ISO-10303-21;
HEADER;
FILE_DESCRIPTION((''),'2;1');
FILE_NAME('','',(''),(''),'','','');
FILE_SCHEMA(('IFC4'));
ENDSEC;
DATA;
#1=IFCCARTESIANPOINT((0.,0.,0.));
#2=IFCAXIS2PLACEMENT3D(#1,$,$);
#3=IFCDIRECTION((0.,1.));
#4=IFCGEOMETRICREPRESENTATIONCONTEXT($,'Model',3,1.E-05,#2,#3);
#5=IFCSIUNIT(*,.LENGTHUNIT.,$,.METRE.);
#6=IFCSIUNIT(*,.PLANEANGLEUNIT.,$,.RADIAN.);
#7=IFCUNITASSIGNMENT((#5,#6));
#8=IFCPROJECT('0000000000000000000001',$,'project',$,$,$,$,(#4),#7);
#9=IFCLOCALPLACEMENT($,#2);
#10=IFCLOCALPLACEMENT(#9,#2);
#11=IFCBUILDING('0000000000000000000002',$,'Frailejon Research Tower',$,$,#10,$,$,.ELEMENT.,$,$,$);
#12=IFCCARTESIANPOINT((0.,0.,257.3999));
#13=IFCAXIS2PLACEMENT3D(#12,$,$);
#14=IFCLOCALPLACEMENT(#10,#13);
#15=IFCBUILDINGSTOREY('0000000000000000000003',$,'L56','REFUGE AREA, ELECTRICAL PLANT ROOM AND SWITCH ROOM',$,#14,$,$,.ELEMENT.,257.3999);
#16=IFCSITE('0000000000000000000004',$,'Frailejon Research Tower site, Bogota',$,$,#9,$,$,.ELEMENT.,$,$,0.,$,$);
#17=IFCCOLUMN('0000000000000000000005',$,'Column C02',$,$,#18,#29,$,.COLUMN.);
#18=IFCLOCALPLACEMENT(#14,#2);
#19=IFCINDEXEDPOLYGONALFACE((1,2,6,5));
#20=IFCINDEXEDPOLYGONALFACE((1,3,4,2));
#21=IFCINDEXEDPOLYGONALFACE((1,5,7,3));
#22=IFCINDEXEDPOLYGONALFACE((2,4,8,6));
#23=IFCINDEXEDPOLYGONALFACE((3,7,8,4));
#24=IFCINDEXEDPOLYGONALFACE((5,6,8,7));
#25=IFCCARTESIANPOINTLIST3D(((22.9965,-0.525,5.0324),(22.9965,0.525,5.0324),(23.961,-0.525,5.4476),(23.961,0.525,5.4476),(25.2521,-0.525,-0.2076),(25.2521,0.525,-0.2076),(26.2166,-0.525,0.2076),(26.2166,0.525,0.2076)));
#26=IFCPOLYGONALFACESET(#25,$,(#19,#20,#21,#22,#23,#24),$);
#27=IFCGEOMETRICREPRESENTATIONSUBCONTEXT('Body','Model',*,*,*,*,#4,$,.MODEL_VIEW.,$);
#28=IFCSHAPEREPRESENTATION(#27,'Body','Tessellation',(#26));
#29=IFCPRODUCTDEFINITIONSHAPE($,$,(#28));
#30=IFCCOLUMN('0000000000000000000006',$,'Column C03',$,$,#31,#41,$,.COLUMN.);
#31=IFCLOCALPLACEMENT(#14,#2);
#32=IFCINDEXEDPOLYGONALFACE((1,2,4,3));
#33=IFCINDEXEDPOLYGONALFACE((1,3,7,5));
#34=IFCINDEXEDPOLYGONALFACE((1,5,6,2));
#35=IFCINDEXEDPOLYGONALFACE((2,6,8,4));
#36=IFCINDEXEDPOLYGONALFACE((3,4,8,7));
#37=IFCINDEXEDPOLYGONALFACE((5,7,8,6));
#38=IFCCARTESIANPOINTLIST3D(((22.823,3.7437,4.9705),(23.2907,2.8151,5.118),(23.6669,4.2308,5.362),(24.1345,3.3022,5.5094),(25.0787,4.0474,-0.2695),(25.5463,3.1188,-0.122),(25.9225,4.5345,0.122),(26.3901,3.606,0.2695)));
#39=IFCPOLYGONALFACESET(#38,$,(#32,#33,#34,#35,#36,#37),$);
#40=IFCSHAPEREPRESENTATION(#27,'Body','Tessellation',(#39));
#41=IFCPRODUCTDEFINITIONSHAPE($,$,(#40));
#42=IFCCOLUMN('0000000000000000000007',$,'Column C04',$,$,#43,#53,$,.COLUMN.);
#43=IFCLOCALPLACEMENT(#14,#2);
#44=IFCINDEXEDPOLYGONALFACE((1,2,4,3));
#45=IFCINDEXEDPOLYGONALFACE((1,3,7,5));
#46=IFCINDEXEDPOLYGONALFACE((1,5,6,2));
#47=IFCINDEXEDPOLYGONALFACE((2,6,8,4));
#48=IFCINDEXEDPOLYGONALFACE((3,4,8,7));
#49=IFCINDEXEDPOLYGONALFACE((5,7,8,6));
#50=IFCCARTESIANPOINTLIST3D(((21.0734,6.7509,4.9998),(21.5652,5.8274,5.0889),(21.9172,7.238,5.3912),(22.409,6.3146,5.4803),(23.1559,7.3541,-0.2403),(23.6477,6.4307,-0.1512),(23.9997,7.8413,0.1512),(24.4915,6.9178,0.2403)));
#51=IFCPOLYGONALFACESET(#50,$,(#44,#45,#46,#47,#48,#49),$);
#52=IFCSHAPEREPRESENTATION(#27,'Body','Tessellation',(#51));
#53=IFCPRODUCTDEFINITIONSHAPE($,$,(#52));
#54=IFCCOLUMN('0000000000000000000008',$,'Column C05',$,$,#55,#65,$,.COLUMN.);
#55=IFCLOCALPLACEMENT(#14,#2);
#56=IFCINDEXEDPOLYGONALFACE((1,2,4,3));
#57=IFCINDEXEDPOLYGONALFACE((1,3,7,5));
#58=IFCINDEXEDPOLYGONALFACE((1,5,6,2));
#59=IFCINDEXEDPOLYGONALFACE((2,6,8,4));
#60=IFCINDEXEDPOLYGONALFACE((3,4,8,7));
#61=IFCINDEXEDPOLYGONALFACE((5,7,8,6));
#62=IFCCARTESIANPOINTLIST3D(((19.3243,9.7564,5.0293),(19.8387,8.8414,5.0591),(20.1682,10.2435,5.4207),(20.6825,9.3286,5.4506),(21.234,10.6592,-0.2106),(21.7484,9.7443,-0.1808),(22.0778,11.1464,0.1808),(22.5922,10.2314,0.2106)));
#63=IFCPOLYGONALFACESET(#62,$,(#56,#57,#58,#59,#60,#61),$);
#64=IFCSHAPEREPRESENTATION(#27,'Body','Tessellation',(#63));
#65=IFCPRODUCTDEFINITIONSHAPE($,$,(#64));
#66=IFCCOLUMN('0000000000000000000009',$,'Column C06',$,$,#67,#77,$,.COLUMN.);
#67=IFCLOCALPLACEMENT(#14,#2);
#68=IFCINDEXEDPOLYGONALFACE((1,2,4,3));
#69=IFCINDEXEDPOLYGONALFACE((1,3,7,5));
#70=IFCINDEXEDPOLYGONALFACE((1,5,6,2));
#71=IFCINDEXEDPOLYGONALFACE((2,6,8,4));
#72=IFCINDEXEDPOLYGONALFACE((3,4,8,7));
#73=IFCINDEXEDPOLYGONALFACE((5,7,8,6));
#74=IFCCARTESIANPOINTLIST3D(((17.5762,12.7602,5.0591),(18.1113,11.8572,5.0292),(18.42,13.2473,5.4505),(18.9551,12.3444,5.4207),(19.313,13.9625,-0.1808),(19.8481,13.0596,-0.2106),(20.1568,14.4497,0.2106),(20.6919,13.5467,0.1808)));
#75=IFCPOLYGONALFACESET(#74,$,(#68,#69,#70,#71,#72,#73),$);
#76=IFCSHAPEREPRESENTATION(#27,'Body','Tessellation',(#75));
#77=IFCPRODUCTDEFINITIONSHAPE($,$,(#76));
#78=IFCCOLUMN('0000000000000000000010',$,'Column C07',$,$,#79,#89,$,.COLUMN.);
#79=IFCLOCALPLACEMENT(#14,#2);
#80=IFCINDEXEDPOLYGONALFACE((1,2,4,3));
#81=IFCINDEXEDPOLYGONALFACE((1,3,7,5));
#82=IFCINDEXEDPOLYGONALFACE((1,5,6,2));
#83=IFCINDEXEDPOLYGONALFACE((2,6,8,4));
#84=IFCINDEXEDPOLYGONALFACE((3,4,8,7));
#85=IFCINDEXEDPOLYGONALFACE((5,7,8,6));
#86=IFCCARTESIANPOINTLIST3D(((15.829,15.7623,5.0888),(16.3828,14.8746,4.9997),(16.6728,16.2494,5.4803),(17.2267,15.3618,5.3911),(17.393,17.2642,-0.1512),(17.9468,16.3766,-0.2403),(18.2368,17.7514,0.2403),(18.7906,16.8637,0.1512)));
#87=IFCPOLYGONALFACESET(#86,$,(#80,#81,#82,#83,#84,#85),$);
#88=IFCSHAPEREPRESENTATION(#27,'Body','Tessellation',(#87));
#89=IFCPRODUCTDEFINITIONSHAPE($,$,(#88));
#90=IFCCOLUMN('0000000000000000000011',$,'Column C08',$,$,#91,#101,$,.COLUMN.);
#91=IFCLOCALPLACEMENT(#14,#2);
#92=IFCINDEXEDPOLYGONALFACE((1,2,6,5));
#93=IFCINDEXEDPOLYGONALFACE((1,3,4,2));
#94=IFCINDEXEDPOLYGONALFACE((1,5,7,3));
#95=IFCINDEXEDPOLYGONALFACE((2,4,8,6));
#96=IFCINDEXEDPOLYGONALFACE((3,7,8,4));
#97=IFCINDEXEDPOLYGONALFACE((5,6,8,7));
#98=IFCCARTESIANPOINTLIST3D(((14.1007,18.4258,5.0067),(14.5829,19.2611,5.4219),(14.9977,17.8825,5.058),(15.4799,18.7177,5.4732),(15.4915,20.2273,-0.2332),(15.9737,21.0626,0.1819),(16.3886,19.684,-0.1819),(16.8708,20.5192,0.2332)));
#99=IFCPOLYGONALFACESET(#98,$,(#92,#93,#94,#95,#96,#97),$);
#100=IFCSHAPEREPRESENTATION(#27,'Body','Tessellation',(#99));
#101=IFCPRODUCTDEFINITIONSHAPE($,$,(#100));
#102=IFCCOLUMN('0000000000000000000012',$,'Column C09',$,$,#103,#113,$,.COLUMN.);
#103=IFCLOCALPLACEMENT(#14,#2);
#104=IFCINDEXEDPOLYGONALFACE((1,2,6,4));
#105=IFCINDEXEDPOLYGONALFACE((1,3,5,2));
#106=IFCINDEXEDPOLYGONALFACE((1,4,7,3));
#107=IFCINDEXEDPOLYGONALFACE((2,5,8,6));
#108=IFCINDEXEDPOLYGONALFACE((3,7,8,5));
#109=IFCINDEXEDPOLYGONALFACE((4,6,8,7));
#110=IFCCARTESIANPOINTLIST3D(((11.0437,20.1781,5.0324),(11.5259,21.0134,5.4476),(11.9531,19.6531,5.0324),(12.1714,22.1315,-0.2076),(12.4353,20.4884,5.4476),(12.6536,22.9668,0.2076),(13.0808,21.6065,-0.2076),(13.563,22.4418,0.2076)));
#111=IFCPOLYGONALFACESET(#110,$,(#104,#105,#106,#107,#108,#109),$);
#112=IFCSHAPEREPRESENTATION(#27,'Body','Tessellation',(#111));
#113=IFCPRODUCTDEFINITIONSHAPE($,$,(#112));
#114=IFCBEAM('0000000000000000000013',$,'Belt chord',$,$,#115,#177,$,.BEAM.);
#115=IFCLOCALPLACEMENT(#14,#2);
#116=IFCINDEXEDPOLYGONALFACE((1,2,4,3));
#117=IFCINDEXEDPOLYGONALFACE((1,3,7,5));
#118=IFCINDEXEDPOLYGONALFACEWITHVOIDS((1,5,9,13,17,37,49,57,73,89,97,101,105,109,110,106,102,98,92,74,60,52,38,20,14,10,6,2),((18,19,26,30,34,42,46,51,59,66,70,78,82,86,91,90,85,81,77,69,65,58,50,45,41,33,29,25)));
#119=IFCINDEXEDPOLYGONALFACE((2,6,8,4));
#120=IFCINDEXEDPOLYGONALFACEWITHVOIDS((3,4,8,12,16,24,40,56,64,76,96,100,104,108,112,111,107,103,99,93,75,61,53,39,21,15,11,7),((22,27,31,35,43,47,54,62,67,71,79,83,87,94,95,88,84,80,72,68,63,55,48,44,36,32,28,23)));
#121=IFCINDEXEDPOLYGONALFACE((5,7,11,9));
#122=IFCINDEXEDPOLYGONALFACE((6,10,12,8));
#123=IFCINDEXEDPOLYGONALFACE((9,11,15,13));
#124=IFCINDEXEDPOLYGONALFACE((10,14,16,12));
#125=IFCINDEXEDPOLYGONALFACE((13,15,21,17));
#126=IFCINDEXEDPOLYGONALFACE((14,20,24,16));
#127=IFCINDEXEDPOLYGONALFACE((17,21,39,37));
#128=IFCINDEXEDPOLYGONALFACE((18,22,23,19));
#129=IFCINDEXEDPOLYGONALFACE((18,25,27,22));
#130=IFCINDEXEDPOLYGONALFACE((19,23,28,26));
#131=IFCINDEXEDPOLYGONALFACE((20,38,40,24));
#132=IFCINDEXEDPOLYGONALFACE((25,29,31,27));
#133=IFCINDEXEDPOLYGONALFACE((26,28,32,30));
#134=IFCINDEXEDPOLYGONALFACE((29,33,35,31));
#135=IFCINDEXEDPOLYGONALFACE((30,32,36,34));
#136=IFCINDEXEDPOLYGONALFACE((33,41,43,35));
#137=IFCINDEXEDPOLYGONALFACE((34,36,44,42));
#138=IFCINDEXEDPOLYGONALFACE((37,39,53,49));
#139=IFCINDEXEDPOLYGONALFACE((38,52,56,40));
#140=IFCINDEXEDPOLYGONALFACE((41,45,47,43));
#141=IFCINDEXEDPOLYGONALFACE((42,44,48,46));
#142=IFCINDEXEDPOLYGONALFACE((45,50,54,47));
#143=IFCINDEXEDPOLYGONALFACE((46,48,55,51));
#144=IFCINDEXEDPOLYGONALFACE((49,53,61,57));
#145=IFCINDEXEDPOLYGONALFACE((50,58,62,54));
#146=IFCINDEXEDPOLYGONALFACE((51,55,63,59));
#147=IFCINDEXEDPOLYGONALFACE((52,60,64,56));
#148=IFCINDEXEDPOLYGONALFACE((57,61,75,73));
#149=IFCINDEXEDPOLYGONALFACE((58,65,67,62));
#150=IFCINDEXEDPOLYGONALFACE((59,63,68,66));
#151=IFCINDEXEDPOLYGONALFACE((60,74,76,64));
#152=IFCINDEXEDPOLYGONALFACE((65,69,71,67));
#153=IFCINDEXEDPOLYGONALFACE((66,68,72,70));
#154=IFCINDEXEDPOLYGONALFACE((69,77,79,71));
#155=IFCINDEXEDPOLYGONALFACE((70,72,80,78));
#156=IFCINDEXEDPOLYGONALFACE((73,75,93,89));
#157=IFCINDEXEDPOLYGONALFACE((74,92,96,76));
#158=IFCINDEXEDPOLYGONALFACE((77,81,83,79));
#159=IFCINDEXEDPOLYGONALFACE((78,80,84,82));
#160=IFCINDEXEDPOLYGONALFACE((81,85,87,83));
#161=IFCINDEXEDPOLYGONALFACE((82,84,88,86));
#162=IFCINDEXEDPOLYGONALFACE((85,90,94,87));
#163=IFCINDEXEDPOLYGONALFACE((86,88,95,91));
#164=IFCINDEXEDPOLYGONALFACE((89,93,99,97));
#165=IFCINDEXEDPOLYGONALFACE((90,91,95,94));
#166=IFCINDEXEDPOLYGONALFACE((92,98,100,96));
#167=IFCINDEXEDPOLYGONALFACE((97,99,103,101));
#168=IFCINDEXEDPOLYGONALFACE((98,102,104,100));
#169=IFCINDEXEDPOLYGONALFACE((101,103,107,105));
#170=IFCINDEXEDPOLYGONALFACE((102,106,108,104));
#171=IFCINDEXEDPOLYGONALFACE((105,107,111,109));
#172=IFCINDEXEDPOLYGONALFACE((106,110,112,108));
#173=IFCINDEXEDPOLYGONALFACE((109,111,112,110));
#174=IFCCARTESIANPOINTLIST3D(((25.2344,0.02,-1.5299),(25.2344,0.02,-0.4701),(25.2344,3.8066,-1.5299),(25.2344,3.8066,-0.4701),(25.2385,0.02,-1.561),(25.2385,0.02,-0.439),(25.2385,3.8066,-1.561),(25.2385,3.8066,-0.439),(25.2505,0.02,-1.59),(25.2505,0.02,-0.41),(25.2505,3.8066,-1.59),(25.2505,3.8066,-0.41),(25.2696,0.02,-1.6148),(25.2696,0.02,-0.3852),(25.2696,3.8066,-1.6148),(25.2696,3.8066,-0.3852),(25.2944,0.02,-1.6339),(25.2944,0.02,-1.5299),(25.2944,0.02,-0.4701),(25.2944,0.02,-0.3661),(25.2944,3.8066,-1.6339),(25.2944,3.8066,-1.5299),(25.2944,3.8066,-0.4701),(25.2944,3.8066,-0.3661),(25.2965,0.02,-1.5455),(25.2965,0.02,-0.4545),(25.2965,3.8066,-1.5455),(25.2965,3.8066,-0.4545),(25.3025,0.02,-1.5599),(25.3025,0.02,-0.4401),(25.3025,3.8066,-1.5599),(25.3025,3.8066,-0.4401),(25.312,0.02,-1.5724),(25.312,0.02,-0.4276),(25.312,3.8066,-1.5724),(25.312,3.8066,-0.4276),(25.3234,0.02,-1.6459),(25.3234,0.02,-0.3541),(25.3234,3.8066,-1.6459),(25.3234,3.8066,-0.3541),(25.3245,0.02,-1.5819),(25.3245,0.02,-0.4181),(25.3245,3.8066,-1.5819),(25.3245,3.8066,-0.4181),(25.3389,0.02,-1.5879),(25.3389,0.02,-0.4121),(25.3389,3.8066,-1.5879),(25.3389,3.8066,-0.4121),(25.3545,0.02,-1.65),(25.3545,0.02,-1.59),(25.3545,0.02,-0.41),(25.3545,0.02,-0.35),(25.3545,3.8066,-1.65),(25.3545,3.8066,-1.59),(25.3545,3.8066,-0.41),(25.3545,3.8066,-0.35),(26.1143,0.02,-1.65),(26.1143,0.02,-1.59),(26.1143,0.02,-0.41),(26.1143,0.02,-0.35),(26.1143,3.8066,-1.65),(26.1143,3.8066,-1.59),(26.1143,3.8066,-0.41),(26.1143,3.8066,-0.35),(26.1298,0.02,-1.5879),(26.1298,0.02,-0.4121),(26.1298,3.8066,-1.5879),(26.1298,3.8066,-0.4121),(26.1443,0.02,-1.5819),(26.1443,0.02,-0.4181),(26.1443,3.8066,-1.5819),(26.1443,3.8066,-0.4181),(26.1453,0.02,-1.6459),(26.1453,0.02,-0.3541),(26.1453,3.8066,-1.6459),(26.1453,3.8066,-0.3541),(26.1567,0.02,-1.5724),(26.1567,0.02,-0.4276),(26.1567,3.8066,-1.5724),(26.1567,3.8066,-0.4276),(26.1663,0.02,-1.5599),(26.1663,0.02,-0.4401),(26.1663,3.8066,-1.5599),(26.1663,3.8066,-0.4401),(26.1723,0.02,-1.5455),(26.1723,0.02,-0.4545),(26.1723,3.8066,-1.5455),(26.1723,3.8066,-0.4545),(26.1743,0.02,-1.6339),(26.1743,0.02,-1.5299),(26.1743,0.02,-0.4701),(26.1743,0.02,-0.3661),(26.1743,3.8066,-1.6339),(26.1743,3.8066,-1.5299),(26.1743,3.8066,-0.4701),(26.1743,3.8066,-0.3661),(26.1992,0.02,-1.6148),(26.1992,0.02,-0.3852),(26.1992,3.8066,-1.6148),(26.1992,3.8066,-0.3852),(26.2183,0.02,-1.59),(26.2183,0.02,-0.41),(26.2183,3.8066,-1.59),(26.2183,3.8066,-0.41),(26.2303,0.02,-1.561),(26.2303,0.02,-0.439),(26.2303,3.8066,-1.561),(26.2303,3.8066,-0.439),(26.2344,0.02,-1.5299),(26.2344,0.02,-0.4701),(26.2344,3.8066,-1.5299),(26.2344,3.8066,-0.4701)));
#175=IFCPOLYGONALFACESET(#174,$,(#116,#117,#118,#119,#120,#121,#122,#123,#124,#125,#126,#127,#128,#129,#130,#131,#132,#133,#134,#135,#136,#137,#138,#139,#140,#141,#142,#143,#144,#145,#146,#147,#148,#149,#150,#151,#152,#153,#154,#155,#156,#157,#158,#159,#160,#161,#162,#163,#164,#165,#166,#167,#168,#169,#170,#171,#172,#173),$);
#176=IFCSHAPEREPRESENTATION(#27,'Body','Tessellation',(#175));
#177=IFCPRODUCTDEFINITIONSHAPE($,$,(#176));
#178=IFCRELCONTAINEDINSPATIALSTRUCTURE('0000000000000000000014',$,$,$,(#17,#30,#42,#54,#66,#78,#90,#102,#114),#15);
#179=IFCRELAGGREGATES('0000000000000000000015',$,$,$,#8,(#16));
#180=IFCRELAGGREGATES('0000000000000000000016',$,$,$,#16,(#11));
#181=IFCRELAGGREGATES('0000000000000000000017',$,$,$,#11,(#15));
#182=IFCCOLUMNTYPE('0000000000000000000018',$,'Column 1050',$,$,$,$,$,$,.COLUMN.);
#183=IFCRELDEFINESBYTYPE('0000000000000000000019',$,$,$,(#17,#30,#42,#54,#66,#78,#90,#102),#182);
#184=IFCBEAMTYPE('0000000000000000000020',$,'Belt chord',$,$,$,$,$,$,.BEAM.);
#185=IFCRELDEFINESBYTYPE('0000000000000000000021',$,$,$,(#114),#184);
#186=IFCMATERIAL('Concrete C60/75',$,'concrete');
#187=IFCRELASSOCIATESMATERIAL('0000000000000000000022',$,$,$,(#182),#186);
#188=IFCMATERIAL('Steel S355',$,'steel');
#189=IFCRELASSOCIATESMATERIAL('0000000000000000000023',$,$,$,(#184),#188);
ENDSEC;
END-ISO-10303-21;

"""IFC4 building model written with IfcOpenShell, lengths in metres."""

from ifc_helpers import new_model, si_unit, direction, frame, origin, origin_2d, place, context, subcontext, project, spatial, rectangle, hollow_rectangle, extrude, material, material_profile, profile_set, type_object, element, save


model = new_model("IFC4")

# Units and contexts
model_context = context("Model", 3, precision=1e-05, world=origin(), true_north=direction((0.0, 1.0)))
body_context = subcontext(model_context, "Body", "Model", "MODEL_VIEW")
ifc_project = project(units=[si_unit("LENGTHUNIT", "METRE"), si_unit("PLANEANGLEUNIT", "RADIAN")], contexts=[model_context])

# Site, building, storey
site_placement = place(None, origin())
site = spatial("IfcSite", under=ifc_project, at=site_placement, Name="Frailejon Research Tower site, Bogota", CompositionType="ELEMENT", RefElevation=0.0)
building_placement = place(site_placement, origin())
building = spatial("IfcBuilding", under=site, at=building_placement, Name="Frailejon Research Tower", CompositionType="ELEMENT")
storey_placement = place(building_placement, frame((0.0, 0.0, 257.3999)))
storey = spatial("IfcBuildingStorey", under=building, at=storey_placement, Name="L56", Description="REFUGE AREA, ELECTRICAL PLANT ROOM AND SWITCH ROOM", CompositionType="ELEMENT", Elevation=257.3999)

# Columns
ifc_material_1 = material(Name="Concrete C60/75", Category="concrete")
ifc_material_profile_1 = material_profile(ifc_material_1, rectangle(XDim=1.05, YDim=1.05, at=origin_2d()), Name="Column 1050")
ifc_profile_set_1 = profile_set([ifc_material_profile_1], Name="Concrete C60/75")
column_type = type_object("IfcColumnType", Name="Column 1050", PredefinedType="COLUMN", material=ifc_profile_set_1)
column_1_placement = place(storey_placement, frame((25.7344, 0.0, 0.0), z_axis=(-0.395386, 0.0, 0.918515), x_axis=(0.0, 1.0, 0.0)))
element("IfcColumn", 1, at=column_1_placement, inside=storey, type_object=column_type, Name="Column C02", PredefinedType="COLUMN", context=body_context, shape_type="SweptSolid", body=[
    extrude(rectangle(XDim=1.05, YDim=1.05, at=origin_2d()), origin(), (0.0, 0.0, 1.0), 5.7048),
])
column_2_placement = place(storey_placement, frame((25.7344, 3.8267, 0.0), z_axis=(-0.394827, -0.053162, 0.917216), x_axis=(-0.445328, 0.884284, -0.140443)))
element("IfcColumn", 2, at=column_2_placement, inside=storey, type_object=column_type, Name="Column C03", PredefinedType="COLUMN", context=body_context, shape_type="SweptSolid", body=[
    extrude(rectangle(XDim=1.05, YDim=1.05, at=origin_2d()), origin(), (0.0, 0.0, 1.0), 5.7129),
])
column_3_placement = place(storey_placement, frame((23.8237, 7.136, 0.0), z_axis=(-0.367234, -0.106381, 0.924025), x_axis=(-0.468357, 0.879452, -0.084889)))
element("IfcColumn", 3, at=column_3_placement, inside=storey, type_object=column_type, Name="Column C04", PredefinedType="COLUMN", context=body_context, shape_type="SweptSolid", body=[
    extrude(rectangle(XDim=1.05, YDim=1.05, at=origin_2d()), origin(), (0.0, 0.0, 1.0), 5.6709),
])
for number, where, z_axis, x_axis, name in (
    (4, (21.9131, 10.4453, 0.0), (-0.338011, -0.159801, 0.927476), (-0.489875, 0.87133, -0.028403), "Column C05"),
    (5, (20.0024, 13.7546, 0.0), (-0.307414, -0.212822, 0.927471), (-0.509631, 0.859924, 0.028403), "Column C06"),
):
    element("IfcColumn", number, at=place(storey_placement, frame(where, z_axis=z_axis, x_axis=x_axis)), inside=storey, type_object=column_type, Name=name, PredefinedType="COLUMN", context=body_context, shape_type="SweptSolid", body=[
        extrude(rectangle(XDim=1.05, YDim=1.05, at=origin_2d()), origin(), (0.0, 0.0, 1.0), 5.6497),
    ])
column_4_placement = place(storey_placement, frame((18.0918, 17.064, 0.0), z_axis=(-0.275787, -0.264852, 0.92401), x_axis=(-0.527422, 0.845352, 0.084887)))
element("IfcColumn", 6, at=column_4_placement, inside=storey, type_object=column_type, Name="Column C07", PredefinedType="COLUMN", context=body_context, shape_type="SweptSolid", body=[
    extrude(rectangle(XDim=1.05, YDim=1.05, at=origin_2d()), origin(), (0.0, 0.0, 1.0), 5.6709),
])
column_5_placement = place(storey_placement, frame((16.1812, 20.3733, 0.0), z_axis=(-0.24346, -0.31534, 0.917217), x_axis=(-0.854297, 0.517485, -0.048847)))
element("IfcColumn", 7, at=column_5_placement, inside=storey, type_object=column_type, Name="Column C08", PredefinedType="COLUMN", context=body_context, shape_type="SweptSolid", body=[
    extrude(rectangle(XDim=1.05, YDim=1.05, at=origin_2d()), origin(), (0.0, 0.0, 1.0), 5.7129),
])
column_6_placement = place(storey_placement, frame((12.8672, 22.2866, 0.0), z_axis=(-0.197673, -0.342408, 0.918522), x_axis=(-0.866046, 0.499964, -0.000003)))
element("IfcColumn", 8, at=column_6_placement, inside=storey, type_object=column_type, Name="Column C09", PredefinedType="COLUMN", context=body_context, shape_type="SweptSolid", body=[
    extrude(rectangle(XDim=1.05, YDim=1.05, at=origin_2d()), origin(), (0.0, 0.0, 1.0), 5.7048),
])

# Beam
ifc_material_2 = material(Name="Steel S355", Category="steel")
ifc_material_profile_2 = material_profile(ifc_material_2, hollow_rectangle(XDim=1.0, YDim=1.3, WallThickness=0.0601, InnerFilletRadius=0.0601, OuterFilletRadius=0.1201, at=origin_2d()), Name="Belt chord")
ifc_profile_set_2 = profile_set([ifc_material_profile_2], Name="Steel S355")
beam_type_1 = type_object("IfcBeamType", Name="Belt chord", PredefinedType="BEAM", material=ifc_profile_set_2)
beam_1_placement = place(storey_placement, frame((25.7344, 0.02, -1.0), z_axis=(0.0, 1.0, 0.0), x_axis=(-1.0, 0.0, 0.0)))
element("IfcBeam", 9, at=beam_1_placement, inside=storey, type_object=beam_type_1, Name="Belt chord", PredefinedType="BEAM", context=body_context, shape_type="SweptSolid", body=[
    extrude(hollow_rectangle(XDim=1.0, YDim=1.3, WallThickness=0.0601, InnerFilletRadius=0.0601, OuterFilletRadius=0.1201, at=origin_2d()), origin(), (0.0, 0.0, 1.0), 3.7866),
])

save(model, "model.ifc")
